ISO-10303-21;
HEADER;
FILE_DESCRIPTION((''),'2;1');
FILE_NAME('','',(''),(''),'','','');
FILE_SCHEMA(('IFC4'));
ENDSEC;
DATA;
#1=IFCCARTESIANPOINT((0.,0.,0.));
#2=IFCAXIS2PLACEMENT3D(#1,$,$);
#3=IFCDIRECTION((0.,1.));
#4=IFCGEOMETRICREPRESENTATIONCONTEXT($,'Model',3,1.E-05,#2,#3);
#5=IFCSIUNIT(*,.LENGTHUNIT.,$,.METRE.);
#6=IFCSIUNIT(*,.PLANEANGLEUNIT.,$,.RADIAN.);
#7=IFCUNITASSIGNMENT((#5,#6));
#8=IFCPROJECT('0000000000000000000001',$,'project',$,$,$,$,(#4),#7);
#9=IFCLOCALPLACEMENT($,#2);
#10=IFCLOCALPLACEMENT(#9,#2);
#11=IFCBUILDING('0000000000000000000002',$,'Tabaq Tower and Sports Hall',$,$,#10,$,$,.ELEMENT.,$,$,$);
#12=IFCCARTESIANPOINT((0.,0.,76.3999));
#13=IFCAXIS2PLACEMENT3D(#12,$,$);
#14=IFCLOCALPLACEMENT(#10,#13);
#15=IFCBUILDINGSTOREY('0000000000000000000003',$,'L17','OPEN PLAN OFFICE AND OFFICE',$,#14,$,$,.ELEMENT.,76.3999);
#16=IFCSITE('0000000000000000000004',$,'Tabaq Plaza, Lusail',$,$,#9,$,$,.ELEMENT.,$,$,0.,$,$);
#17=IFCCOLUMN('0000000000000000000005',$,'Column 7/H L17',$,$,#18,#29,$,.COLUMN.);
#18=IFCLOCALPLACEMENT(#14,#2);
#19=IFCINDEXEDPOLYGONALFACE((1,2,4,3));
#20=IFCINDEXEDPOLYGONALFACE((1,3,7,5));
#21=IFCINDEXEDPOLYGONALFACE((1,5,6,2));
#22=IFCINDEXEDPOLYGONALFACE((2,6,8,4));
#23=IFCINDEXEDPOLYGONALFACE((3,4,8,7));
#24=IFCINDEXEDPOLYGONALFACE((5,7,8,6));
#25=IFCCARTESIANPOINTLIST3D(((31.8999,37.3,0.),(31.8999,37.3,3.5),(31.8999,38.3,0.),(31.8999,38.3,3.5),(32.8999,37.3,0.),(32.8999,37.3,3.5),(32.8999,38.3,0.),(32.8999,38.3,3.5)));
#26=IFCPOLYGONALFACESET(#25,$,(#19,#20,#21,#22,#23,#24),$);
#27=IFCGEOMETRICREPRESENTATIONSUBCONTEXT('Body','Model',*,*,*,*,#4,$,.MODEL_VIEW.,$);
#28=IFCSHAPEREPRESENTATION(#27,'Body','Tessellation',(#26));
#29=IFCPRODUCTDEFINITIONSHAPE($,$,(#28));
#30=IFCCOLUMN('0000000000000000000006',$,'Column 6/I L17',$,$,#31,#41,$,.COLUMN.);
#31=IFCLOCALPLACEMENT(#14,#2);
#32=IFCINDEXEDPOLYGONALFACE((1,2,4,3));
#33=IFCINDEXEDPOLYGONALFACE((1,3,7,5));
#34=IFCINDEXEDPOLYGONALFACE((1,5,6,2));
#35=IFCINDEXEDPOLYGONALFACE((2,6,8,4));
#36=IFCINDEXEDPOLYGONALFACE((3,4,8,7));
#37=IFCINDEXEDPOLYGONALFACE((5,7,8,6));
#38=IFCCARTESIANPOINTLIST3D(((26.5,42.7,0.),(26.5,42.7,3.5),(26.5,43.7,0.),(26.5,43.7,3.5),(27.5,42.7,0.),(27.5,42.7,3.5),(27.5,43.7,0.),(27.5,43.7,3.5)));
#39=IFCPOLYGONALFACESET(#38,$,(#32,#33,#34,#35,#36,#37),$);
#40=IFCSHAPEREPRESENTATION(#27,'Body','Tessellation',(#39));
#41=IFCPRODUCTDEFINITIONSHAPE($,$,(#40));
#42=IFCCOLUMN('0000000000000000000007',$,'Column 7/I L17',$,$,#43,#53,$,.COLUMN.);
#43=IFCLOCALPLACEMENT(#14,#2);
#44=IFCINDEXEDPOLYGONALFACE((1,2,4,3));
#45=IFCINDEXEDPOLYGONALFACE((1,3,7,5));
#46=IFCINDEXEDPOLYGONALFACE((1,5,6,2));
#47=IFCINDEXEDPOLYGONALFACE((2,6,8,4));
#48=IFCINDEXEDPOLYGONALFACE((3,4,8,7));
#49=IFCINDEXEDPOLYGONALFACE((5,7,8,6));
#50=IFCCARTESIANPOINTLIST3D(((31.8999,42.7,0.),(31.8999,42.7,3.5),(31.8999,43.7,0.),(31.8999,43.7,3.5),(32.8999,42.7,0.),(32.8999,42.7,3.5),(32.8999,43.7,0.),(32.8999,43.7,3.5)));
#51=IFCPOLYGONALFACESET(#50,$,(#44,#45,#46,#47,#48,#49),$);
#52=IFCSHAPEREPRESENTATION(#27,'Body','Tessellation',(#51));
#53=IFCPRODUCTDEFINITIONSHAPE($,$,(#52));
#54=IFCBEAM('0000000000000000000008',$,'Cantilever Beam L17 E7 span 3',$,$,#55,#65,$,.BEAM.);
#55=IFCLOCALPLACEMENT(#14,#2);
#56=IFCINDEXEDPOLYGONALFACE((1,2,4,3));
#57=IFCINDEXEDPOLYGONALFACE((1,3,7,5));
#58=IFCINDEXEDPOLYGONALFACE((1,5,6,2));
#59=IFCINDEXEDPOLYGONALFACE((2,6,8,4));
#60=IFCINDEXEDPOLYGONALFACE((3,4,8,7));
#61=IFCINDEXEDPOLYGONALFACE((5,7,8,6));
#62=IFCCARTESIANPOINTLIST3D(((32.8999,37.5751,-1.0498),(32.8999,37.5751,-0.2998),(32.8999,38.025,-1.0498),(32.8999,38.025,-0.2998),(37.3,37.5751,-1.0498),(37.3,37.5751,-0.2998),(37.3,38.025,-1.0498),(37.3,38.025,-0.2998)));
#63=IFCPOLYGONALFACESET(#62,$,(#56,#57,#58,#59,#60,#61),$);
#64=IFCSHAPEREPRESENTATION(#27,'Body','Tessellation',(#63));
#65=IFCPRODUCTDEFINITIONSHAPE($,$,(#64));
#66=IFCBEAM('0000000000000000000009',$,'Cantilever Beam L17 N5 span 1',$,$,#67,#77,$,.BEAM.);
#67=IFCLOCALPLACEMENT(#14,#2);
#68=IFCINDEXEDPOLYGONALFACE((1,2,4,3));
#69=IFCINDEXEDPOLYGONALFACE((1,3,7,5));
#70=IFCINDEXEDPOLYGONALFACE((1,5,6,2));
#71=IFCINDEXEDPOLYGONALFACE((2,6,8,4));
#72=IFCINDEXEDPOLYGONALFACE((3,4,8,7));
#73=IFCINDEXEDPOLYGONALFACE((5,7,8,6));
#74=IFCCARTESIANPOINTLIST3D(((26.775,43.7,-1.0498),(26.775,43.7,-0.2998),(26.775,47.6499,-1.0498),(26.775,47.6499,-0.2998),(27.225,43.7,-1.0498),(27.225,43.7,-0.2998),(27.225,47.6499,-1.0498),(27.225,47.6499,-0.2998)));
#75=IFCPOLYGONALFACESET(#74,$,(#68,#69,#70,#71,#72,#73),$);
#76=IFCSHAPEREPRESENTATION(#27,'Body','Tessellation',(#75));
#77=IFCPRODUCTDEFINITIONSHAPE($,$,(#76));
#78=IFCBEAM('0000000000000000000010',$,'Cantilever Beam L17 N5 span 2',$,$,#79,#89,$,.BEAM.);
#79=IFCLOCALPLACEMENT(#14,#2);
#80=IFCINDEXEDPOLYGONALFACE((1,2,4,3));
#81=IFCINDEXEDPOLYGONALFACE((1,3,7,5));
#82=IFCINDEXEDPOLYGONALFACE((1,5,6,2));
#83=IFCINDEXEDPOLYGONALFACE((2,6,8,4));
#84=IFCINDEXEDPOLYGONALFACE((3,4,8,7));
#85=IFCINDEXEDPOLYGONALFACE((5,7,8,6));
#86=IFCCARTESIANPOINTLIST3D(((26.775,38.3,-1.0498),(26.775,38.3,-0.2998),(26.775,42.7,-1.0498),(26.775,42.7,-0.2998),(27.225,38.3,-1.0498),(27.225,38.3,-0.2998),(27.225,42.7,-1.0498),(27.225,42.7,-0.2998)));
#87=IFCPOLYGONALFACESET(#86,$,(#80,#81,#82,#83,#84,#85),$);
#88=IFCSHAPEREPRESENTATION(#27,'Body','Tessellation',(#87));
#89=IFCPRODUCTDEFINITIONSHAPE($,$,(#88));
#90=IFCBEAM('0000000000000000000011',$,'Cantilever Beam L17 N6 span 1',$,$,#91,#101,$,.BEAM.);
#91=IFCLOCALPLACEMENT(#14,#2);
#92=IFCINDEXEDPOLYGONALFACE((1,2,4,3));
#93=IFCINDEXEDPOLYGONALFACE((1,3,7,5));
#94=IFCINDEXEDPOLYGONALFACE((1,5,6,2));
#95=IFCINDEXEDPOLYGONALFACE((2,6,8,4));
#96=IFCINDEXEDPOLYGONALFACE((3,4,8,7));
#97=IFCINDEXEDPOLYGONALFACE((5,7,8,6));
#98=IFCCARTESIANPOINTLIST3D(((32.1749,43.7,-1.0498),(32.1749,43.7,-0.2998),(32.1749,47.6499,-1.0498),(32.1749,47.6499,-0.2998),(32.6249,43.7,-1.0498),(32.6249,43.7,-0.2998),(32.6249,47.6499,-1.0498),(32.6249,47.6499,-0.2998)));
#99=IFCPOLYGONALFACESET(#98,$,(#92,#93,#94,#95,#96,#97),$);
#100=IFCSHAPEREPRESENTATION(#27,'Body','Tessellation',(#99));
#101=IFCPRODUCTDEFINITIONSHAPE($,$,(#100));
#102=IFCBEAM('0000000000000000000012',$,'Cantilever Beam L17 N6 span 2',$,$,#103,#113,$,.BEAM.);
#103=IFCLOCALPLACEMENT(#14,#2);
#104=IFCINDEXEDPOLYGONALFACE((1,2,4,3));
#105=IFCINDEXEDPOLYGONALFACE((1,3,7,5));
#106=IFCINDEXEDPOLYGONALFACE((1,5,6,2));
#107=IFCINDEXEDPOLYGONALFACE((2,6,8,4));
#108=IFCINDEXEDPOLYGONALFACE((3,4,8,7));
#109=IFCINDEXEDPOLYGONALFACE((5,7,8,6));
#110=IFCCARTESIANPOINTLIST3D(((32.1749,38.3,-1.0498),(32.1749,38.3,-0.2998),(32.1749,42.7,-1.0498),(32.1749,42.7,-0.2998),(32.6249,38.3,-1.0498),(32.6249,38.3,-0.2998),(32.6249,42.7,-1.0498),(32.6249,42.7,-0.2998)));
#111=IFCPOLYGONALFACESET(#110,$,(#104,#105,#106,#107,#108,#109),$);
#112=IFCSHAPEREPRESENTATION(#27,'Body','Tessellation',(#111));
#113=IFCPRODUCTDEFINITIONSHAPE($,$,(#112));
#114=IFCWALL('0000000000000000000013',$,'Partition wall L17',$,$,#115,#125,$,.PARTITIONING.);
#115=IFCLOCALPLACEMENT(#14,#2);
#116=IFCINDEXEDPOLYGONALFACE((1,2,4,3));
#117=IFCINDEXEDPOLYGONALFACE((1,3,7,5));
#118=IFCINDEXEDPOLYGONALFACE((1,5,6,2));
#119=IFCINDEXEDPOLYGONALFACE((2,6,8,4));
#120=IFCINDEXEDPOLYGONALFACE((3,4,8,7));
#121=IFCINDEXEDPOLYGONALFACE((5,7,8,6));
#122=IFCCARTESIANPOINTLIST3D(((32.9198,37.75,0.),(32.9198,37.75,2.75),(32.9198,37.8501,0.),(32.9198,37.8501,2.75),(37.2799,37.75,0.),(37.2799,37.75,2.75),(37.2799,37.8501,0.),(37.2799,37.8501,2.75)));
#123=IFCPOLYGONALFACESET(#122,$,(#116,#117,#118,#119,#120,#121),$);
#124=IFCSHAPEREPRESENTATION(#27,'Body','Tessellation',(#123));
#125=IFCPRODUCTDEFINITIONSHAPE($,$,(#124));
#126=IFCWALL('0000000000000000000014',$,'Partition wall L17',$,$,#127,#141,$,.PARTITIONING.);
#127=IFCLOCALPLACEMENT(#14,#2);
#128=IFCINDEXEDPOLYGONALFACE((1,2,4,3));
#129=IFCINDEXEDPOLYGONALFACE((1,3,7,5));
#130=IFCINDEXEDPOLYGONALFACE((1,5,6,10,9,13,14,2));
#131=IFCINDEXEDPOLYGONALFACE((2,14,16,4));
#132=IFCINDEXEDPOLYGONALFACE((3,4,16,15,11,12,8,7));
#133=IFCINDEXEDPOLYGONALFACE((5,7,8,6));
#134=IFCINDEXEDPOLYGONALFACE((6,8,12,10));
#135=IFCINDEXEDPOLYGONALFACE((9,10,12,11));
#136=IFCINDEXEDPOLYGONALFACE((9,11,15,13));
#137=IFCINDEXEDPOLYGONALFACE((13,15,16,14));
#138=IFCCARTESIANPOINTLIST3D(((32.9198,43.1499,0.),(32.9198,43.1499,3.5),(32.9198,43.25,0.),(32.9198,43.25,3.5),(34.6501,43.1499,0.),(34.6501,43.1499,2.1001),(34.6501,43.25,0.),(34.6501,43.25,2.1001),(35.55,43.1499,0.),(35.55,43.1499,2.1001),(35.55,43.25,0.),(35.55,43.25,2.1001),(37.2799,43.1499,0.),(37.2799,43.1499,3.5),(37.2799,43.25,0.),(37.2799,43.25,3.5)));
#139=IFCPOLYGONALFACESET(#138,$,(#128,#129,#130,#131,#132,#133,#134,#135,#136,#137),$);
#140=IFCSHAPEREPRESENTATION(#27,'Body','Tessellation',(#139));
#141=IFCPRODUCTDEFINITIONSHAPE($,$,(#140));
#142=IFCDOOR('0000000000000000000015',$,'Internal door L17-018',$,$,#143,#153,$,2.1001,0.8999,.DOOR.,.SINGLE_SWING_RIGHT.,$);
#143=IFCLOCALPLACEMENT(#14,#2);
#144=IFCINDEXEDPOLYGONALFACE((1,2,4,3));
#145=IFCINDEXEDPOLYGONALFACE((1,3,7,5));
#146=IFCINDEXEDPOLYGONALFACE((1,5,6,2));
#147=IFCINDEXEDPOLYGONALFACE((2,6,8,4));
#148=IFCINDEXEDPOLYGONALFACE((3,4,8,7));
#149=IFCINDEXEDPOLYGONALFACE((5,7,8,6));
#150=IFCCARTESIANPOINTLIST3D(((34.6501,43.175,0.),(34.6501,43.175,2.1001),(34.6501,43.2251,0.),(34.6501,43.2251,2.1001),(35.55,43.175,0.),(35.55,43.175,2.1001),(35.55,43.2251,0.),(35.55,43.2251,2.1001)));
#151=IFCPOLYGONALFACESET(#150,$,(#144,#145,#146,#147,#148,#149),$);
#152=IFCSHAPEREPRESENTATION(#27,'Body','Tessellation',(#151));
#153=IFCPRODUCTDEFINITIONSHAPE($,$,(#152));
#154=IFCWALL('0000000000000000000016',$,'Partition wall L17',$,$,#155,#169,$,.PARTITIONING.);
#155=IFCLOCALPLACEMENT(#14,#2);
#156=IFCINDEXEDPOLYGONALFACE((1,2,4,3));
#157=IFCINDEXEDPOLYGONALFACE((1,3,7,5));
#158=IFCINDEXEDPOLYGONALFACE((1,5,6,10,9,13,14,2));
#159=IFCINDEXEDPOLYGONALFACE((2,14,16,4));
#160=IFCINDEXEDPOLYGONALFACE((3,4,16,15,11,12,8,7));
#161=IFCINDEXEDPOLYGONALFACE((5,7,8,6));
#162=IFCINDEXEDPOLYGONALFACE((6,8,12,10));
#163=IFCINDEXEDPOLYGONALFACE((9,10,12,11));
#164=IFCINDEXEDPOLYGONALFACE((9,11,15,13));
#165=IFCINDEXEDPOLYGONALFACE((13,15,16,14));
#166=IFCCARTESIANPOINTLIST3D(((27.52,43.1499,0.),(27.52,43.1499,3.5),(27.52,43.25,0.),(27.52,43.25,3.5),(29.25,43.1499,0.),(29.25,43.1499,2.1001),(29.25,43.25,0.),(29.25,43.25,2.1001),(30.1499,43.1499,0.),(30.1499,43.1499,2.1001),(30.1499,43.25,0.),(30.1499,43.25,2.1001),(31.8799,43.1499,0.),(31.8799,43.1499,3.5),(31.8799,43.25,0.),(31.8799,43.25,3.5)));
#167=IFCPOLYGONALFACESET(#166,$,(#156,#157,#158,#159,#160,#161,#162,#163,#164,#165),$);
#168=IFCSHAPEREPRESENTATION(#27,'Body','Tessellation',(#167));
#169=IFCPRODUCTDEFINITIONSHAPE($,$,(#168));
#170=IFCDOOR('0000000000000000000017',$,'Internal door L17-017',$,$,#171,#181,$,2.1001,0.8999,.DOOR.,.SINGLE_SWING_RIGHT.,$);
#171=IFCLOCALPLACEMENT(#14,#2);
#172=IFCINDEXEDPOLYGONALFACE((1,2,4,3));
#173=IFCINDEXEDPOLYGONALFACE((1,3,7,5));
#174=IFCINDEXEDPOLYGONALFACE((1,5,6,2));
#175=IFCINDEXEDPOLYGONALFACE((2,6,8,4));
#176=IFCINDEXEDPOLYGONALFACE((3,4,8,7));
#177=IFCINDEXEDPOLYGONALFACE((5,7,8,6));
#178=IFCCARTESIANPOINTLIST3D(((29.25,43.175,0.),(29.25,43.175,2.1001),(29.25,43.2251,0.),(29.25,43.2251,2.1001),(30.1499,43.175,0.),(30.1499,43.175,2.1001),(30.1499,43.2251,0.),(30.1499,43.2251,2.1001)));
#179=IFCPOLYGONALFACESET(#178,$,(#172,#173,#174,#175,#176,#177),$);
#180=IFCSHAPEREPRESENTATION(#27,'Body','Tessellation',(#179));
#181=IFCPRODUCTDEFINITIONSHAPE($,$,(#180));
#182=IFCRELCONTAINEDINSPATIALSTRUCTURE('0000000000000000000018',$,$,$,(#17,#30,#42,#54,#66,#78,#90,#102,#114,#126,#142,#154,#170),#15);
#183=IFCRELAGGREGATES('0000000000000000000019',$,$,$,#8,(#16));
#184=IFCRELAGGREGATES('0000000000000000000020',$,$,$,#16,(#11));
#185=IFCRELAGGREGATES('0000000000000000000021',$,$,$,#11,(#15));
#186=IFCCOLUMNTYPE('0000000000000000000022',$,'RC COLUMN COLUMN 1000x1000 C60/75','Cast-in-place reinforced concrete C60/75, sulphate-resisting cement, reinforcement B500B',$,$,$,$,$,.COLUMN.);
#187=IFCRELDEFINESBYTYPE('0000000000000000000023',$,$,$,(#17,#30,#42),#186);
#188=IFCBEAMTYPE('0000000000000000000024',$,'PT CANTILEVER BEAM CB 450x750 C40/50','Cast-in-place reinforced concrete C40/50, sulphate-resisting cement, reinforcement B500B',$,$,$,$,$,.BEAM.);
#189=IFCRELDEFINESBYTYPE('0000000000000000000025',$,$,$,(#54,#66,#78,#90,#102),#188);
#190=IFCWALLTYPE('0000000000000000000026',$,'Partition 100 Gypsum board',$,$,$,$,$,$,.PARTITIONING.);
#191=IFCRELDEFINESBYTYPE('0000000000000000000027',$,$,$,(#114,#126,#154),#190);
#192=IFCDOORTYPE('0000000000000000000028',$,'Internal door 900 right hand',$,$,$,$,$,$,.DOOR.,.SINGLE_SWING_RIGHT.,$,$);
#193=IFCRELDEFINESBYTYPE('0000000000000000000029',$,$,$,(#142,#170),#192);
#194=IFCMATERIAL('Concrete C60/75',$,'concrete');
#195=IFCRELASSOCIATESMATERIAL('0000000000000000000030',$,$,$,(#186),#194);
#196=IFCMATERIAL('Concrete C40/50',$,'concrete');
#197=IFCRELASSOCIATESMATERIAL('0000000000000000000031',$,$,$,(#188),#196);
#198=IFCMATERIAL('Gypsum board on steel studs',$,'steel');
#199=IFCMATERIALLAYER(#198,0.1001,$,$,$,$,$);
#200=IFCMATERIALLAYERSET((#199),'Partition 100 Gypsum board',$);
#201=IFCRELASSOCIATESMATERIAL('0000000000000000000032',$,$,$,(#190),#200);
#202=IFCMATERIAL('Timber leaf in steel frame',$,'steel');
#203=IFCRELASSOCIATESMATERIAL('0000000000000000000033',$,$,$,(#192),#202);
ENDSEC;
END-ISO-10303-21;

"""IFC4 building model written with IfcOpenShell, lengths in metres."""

from ifc_helpers import new_model, si_unit, direction, frame, frame_2d, origin, origin_2d, place, context, subcontext, project, spatial, rectangle, extrude, material, layer, layer_set, material_profile, profile_set, type_object, element, fill, save


model = new_model("IFC4")

# Units and contexts
model_context = context("Model", 3, precision=1e-05, world=origin(), true_north=direction((0.0, 1.0)))
body_context = subcontext(model_context, "Body", "Model", "MODEL_VIEW")
ifc_project = project(units=[si_unit("LENGTHUNIT", "METRE"), si_unit("PLANEANGLEUNIT", "RADIAN")], contexts=[model_context])

# Site, building, storey
site_placement = place(None, origin())
site = spatial("IfcSite", under=ifc_project, at=site_placement, Name="Tabaq Plaza, Lusail", CompositionType="ELEMENT", RefElevation=0.0)
building_placement = place(site_placement, origin())
building = spatial("IfcBuilding", under=site, at=building_placement, Name="Tabaq Tower and Sports Hall", CompositionType="ELEMENT")
storey_placement = place(building_placement, frame((0.0, 0.0, 76.3999)))
storey = spatial("IfcBuildingStorey", under=building, at=storey_placement, Name="L17", Description="OPEN PLAN OFFICE AND OFFICE", CompositionType="ELEMENT", Elevation=76.3999)

# Columns
ifc_material_1 = material(Name="Concrete C60/75", Category="concrete")
ifc_material_profile_1 = material_profile(ifc_material_1, rectangle(XDim=1.0, YDim=1.0, at=origin_2d()), Name="COLUMN 1000x1000")
ifc_profile_set_1 = profile_set([ifc_material_profile_1], Name="Concrete C60/75")
column_type = type_object("IfcColumnType", Name="RC COLUMN COLUMN 1000x1000 C60/75", Description="Cast-in-place reinforced concrete C60/75, sulphate-resisting cement, reinforcement B500B", PredefinedType="COLUMN", material=ifc_profile_set_1)
for number, where, z_axis, x_axis, name in (
    (1, (32.3999, 37.8, 0.0), (0.0, 0.0, 1.0), (1.0, 0.0, 0.0), "Column 7/H L17"),
    (2, (27.0, 43.2, 0.0), (0.0, 0.0, 1.0), (1.0, 0.0, 0.0), "Column 6/I L17"),
    (3, (32.3999, 43.2, 0.0), (0.0, 0.0, 1.0), (1.0, 0.0, 0.0), "Column 7/I L17"),
):
    element("IfcColumn", number, at=place(storey_placement, frame(where, z_axis=z_axis, x_axis=x_axis)), inside=storey, type_object=column_type, Name=name, PredefinedType="COLUMN", context=body_context, shape_type="SweptSolid", body=[
        extrude(rectangle(XDim=1.0, YDim=1.0, at=origin_2d()), origin(), (0.0, 0.0, 1.0), 3.5),
    ])

# Beams
ifc_material_2 = material(Name="Concrete C40/50", Category="concrete")
ifc_material_profile_2 = material_profile(ifc_material_2, rectangle(XDim=0.45, YDim=0.75, at=origin_2d()), Name="CB 450x750")
ifc_profile_set_2 = profile_set([ifc_material_profile_2], Name="Concrete C40/50")
beam_type = type_object("IfcBeamType", Name="PT CANTILEVER BEAM CB 450x750 C40/50", Description="Cast-in-place reinforced concrete C40/50, sulphate-resisting cement, reinforcement B500B", PredefinedType="BEAM", material=ifc_profile_set_2)
beam_1_placement = place(storey_placement, frame((37.3, 37.8, -0.6748), z_axis=(-1.0, 0.0, 0.0), x_axis=(0.0, -1.0, 0.0)))
element("IfcBeam", 4, at=beam_1_placement, inside=storey, type_object=beam_type, Name="Cantilever Beam L17 E7 span 3", PredefinedType="BEAM", context=body_context, shape_type="SweptSolid", body=[
    extrude(rectangle(XDim=0.45, YDim=0.75, at=origin_2d()), origin(), (0.0, 0.0, 1.0), 4.4001),
])
beam_2_placement = place(storey_placement, frame((27.0, 47.6499, -0.6748), z_axis=(0.0, -1.0, 0.0), x_axis=(1.0, 0.0, 0.0)))
element("IfcBeam", 5, at=beam_2_placement, inside=storey, type_object=beam_type, Name="Cantilever Beam L17 N5 span 1", PredefinedType="BEAM", context=body_context, shape_type="SweptSolid", body=[
    extrude(rectangle(XDim=0.45, YDim=0.75, at=origin_2d()), origin(), (0.0, 0.0, 1.0), 3.95),
])
beam_3_placement = place(storey_placement, frame((27.0, 42.7, -0.6748), z_axis=(0.0, -1.0, 0.0), x_axis=(1.0, 0.0, 0.0)))
element("IfcBeam", 6, at=beam_3_placement, inside=storey, type_object=beam_type, Name="Cantilever Beam L17 N5 span 2", PredefinedType="BEAM", context=body_context, shape_type="SweptSolid", body=[
    extrude(rectangle(XDim=0.45, YDim=0.75, at=origin_2d()), origin(), (0.0, 0.0, 1.0), 4.3999),
])
beam_4_placement = place(storey_placement, frame((32.3999, 47.6499, -0.6748), z_axis=(0.0, -1.0, 0.0), x_axis=(1.0, 0.0, 0.0)))
element("IfcBeam", 7, at=beam_4_placement, inside=storey, type_object=beam_type, Name="Cantilever Beam L17 N6 span 1", PredefinedType="BEAM", context=body_context, shape_type="SweptSolid", body=[
    extrude(rectangle(XDim=0.45, YDim=0.75, at=origin_2d()), origin(), (0.0, 0.0, 1.0), 3.95),
])
beam_5_placement = place(storey_placement, frame((32.3999, 42.7, -0.6748), z_axis=(0.0, -1.0, 0.0), x_axis=(1.0, 0.0, 0.0)))
element("IfcBeam", 8, at=beam_5_placement, inside=storey, type_object=beam_type, Name="Cantilever Beam L17 N6 span 2", PredefinedType="BEAM", context=body_context, shape_type="SweptSolid", body=[
    extrude(rectangle(XDim=0.45, YDim=0.75, at=origin_2d()), origin(), (0.0, 0.0, 1.0), 4.3999),
])

# Wall
ifc_material_3 = material(Name="Gypsum board on steel studs", Category="steel")
ifc_layer_1 = layer(ifc_material_3, 0.1001)
ifc_layer_set_1 = layer_set([ifc_layer_1], Name="Partition 100 Gypsum board")
wall_type = type_object("IfcWallType", Name="Partition 100 Gypsum board", PredefinedType="PARTITIONING", material=ifc_layer_set_1)
wall_1_placement = place(storey_placement, frame((37.28, 37.8, 0.0), z_axis=(0.0, 0.0, 1.0), x_axis=(-1.0, 0.0, 0.0)))
element("IfcWall", 9, at=wall_1_placement, inside=storey, type_object=wall_type, Name="Partition wall L17", PredefinedType="PARTITIONING", context=body_context, shape_type="SweptSolid", body=[
    extrude(rectangle(XDim=4.3601, YDim=0.1001, at=frame_2d((2.1802, 0.0))), origin(), (0.0, 0.0, 1.0), 2.75),
])

# Walls, openings, doors
wall_2_placement = place(storey_placement, frame((37.28, 43.2, 0.0), z_axis=(0.0, 0.0, 1.0), x_axis=(-1.0, 0.0, 0.0)))
wall_2 = element("IfcWall", 10, at=wall_2_placement, inside=storey, type_object=wall_type, Name="Partition wall L17", PredefinedType="PARTITIONING", context=body_context, shape_type="SweptSolid", body=[
    extrude(rectangle(XDim=4.3601, YDim=0.1001, at=frame_2d((2.1802, 0.0))), origin(), (0.0, 0.0, 1.0), 3.5),
])
opening_1_placement = place(wall_2_placement, frame((1.73, 0.0, 0.0)))
opening_1 = element("IfcOpeningElement", 11, at=opening_1_placement, cuts=wall_2, PredefinedType="OPENING", context=body_context, shape_type="SweptSolid", body=[
    extrude(rectangle(XDim=0.8999, YDim=2.1001, at=frame_2d((0.45, 1.05))), frame((0.0, 0.05, 0.0), z_axis=(0.0, -1.0, 0.0), x_axis=(1.0, 0.0, 0.0)), (0.0, 0.0, 1.0), 0.1001),
])
ifc_material_4 = material(Name="Timber leaf in steel frame", Category="steel")
door_type = type_object("IfcDoorType", Name="Internal door 900 right hand", OperationType="SINGLE_SWING_RIGHT", PredefinedType="DOOR", material=ifc_material_4)
door_1_placement = place(opening_1_placement, origin())
door_1 = element("IfcDoor", 12, at=door_1_placement, inside=storey, type_object=door_type, Name="Internal door L17-018", OperationType="SINGLE_SWING_RIGHT", OverallHeight=2.1001, OverallWidth=0.8999, PredefinedType="DOOR", context=body_context, shape_type="SweptSolid", body=[
    extrude(rectangle(XDim=0.8999, YDim=2.1001, at=frame_2d((0.45, 1.05))), frame((0.0, 0.0249, 0.0), z_axis=(0.0, -1.0, 0.0), x_axis=(1.0, 0.0, 0.0)), (0.0, 0.0, 1.0), 0.05),
])
fill(opening_1, door_1)
wall_3_placement = place(storey_placement, frame((31.8799, 43.2, 0.0), z_axis=(0.0, 0.0, 1.0), x_axis=(-1.0, 0.0, 0.0)))
wall_3 = element("IfcWall", 13, at=wall_3_placement, inside=storey, type_object=wall_type, Name="Partition wall L17", PredefinedType="PARTITIONING", context=body_context, shape_type="SweptSolid", body=[
    extrude(rectangle(XDim=4.3599, YDim=0.1001, at=frame_2d((2.1799, 0.0))), origin(), (0.0, 0.0, 1.0), 3.5),
])
opening_2_placement = place(wall_3_placement, frame((1.73, 0.0, 0.0)))
opening_2 = element("IfcOpeningElement", 14, at=opening_2_placement, cuts=wall_3, PredefinedType="OPENING", context=body_context, shape_type="SweptSolid", body=[
    extrude(rectangle(XDim=0.8999, YDim=2.1001, at=frame_2d((0.45, 1.05))), frame((0.0, 0.05, 0.0), z_axis=(0.0, -1.0, 0.0), x_axis=(1.0, 0.0, 0.0)), (0.0, 0.0, 1.0), 0.1001),
])
door_2_placement = place(opening_2_placement, origin())
door_2 = element("IfcDoor", 15, at=door_2_placement, inside=storey, type_object=door_type, Name="Internal door L17-017", OperationType="SINGLE_SWING_RIGHT", OverallHeight=2.1001, OverallWidth=0.8999, PredefinedType="DOOR", context=body_context, shape_type="SweptSolid", body=[
    extrude(rectangle(XDim=0.8999, YDim=2.1001, at=frame_2d((0.45, 1.05))), frame((0.0, 0.0249, 0.0), z_axis=(0.0, -1.0, 0.0), x_axis=(1.0, 0.0, 0.0)), (0.0, 0.0, 1.0), 0.05),
])
fill(opening_2, door_2)

save(model, "model.ifc")
